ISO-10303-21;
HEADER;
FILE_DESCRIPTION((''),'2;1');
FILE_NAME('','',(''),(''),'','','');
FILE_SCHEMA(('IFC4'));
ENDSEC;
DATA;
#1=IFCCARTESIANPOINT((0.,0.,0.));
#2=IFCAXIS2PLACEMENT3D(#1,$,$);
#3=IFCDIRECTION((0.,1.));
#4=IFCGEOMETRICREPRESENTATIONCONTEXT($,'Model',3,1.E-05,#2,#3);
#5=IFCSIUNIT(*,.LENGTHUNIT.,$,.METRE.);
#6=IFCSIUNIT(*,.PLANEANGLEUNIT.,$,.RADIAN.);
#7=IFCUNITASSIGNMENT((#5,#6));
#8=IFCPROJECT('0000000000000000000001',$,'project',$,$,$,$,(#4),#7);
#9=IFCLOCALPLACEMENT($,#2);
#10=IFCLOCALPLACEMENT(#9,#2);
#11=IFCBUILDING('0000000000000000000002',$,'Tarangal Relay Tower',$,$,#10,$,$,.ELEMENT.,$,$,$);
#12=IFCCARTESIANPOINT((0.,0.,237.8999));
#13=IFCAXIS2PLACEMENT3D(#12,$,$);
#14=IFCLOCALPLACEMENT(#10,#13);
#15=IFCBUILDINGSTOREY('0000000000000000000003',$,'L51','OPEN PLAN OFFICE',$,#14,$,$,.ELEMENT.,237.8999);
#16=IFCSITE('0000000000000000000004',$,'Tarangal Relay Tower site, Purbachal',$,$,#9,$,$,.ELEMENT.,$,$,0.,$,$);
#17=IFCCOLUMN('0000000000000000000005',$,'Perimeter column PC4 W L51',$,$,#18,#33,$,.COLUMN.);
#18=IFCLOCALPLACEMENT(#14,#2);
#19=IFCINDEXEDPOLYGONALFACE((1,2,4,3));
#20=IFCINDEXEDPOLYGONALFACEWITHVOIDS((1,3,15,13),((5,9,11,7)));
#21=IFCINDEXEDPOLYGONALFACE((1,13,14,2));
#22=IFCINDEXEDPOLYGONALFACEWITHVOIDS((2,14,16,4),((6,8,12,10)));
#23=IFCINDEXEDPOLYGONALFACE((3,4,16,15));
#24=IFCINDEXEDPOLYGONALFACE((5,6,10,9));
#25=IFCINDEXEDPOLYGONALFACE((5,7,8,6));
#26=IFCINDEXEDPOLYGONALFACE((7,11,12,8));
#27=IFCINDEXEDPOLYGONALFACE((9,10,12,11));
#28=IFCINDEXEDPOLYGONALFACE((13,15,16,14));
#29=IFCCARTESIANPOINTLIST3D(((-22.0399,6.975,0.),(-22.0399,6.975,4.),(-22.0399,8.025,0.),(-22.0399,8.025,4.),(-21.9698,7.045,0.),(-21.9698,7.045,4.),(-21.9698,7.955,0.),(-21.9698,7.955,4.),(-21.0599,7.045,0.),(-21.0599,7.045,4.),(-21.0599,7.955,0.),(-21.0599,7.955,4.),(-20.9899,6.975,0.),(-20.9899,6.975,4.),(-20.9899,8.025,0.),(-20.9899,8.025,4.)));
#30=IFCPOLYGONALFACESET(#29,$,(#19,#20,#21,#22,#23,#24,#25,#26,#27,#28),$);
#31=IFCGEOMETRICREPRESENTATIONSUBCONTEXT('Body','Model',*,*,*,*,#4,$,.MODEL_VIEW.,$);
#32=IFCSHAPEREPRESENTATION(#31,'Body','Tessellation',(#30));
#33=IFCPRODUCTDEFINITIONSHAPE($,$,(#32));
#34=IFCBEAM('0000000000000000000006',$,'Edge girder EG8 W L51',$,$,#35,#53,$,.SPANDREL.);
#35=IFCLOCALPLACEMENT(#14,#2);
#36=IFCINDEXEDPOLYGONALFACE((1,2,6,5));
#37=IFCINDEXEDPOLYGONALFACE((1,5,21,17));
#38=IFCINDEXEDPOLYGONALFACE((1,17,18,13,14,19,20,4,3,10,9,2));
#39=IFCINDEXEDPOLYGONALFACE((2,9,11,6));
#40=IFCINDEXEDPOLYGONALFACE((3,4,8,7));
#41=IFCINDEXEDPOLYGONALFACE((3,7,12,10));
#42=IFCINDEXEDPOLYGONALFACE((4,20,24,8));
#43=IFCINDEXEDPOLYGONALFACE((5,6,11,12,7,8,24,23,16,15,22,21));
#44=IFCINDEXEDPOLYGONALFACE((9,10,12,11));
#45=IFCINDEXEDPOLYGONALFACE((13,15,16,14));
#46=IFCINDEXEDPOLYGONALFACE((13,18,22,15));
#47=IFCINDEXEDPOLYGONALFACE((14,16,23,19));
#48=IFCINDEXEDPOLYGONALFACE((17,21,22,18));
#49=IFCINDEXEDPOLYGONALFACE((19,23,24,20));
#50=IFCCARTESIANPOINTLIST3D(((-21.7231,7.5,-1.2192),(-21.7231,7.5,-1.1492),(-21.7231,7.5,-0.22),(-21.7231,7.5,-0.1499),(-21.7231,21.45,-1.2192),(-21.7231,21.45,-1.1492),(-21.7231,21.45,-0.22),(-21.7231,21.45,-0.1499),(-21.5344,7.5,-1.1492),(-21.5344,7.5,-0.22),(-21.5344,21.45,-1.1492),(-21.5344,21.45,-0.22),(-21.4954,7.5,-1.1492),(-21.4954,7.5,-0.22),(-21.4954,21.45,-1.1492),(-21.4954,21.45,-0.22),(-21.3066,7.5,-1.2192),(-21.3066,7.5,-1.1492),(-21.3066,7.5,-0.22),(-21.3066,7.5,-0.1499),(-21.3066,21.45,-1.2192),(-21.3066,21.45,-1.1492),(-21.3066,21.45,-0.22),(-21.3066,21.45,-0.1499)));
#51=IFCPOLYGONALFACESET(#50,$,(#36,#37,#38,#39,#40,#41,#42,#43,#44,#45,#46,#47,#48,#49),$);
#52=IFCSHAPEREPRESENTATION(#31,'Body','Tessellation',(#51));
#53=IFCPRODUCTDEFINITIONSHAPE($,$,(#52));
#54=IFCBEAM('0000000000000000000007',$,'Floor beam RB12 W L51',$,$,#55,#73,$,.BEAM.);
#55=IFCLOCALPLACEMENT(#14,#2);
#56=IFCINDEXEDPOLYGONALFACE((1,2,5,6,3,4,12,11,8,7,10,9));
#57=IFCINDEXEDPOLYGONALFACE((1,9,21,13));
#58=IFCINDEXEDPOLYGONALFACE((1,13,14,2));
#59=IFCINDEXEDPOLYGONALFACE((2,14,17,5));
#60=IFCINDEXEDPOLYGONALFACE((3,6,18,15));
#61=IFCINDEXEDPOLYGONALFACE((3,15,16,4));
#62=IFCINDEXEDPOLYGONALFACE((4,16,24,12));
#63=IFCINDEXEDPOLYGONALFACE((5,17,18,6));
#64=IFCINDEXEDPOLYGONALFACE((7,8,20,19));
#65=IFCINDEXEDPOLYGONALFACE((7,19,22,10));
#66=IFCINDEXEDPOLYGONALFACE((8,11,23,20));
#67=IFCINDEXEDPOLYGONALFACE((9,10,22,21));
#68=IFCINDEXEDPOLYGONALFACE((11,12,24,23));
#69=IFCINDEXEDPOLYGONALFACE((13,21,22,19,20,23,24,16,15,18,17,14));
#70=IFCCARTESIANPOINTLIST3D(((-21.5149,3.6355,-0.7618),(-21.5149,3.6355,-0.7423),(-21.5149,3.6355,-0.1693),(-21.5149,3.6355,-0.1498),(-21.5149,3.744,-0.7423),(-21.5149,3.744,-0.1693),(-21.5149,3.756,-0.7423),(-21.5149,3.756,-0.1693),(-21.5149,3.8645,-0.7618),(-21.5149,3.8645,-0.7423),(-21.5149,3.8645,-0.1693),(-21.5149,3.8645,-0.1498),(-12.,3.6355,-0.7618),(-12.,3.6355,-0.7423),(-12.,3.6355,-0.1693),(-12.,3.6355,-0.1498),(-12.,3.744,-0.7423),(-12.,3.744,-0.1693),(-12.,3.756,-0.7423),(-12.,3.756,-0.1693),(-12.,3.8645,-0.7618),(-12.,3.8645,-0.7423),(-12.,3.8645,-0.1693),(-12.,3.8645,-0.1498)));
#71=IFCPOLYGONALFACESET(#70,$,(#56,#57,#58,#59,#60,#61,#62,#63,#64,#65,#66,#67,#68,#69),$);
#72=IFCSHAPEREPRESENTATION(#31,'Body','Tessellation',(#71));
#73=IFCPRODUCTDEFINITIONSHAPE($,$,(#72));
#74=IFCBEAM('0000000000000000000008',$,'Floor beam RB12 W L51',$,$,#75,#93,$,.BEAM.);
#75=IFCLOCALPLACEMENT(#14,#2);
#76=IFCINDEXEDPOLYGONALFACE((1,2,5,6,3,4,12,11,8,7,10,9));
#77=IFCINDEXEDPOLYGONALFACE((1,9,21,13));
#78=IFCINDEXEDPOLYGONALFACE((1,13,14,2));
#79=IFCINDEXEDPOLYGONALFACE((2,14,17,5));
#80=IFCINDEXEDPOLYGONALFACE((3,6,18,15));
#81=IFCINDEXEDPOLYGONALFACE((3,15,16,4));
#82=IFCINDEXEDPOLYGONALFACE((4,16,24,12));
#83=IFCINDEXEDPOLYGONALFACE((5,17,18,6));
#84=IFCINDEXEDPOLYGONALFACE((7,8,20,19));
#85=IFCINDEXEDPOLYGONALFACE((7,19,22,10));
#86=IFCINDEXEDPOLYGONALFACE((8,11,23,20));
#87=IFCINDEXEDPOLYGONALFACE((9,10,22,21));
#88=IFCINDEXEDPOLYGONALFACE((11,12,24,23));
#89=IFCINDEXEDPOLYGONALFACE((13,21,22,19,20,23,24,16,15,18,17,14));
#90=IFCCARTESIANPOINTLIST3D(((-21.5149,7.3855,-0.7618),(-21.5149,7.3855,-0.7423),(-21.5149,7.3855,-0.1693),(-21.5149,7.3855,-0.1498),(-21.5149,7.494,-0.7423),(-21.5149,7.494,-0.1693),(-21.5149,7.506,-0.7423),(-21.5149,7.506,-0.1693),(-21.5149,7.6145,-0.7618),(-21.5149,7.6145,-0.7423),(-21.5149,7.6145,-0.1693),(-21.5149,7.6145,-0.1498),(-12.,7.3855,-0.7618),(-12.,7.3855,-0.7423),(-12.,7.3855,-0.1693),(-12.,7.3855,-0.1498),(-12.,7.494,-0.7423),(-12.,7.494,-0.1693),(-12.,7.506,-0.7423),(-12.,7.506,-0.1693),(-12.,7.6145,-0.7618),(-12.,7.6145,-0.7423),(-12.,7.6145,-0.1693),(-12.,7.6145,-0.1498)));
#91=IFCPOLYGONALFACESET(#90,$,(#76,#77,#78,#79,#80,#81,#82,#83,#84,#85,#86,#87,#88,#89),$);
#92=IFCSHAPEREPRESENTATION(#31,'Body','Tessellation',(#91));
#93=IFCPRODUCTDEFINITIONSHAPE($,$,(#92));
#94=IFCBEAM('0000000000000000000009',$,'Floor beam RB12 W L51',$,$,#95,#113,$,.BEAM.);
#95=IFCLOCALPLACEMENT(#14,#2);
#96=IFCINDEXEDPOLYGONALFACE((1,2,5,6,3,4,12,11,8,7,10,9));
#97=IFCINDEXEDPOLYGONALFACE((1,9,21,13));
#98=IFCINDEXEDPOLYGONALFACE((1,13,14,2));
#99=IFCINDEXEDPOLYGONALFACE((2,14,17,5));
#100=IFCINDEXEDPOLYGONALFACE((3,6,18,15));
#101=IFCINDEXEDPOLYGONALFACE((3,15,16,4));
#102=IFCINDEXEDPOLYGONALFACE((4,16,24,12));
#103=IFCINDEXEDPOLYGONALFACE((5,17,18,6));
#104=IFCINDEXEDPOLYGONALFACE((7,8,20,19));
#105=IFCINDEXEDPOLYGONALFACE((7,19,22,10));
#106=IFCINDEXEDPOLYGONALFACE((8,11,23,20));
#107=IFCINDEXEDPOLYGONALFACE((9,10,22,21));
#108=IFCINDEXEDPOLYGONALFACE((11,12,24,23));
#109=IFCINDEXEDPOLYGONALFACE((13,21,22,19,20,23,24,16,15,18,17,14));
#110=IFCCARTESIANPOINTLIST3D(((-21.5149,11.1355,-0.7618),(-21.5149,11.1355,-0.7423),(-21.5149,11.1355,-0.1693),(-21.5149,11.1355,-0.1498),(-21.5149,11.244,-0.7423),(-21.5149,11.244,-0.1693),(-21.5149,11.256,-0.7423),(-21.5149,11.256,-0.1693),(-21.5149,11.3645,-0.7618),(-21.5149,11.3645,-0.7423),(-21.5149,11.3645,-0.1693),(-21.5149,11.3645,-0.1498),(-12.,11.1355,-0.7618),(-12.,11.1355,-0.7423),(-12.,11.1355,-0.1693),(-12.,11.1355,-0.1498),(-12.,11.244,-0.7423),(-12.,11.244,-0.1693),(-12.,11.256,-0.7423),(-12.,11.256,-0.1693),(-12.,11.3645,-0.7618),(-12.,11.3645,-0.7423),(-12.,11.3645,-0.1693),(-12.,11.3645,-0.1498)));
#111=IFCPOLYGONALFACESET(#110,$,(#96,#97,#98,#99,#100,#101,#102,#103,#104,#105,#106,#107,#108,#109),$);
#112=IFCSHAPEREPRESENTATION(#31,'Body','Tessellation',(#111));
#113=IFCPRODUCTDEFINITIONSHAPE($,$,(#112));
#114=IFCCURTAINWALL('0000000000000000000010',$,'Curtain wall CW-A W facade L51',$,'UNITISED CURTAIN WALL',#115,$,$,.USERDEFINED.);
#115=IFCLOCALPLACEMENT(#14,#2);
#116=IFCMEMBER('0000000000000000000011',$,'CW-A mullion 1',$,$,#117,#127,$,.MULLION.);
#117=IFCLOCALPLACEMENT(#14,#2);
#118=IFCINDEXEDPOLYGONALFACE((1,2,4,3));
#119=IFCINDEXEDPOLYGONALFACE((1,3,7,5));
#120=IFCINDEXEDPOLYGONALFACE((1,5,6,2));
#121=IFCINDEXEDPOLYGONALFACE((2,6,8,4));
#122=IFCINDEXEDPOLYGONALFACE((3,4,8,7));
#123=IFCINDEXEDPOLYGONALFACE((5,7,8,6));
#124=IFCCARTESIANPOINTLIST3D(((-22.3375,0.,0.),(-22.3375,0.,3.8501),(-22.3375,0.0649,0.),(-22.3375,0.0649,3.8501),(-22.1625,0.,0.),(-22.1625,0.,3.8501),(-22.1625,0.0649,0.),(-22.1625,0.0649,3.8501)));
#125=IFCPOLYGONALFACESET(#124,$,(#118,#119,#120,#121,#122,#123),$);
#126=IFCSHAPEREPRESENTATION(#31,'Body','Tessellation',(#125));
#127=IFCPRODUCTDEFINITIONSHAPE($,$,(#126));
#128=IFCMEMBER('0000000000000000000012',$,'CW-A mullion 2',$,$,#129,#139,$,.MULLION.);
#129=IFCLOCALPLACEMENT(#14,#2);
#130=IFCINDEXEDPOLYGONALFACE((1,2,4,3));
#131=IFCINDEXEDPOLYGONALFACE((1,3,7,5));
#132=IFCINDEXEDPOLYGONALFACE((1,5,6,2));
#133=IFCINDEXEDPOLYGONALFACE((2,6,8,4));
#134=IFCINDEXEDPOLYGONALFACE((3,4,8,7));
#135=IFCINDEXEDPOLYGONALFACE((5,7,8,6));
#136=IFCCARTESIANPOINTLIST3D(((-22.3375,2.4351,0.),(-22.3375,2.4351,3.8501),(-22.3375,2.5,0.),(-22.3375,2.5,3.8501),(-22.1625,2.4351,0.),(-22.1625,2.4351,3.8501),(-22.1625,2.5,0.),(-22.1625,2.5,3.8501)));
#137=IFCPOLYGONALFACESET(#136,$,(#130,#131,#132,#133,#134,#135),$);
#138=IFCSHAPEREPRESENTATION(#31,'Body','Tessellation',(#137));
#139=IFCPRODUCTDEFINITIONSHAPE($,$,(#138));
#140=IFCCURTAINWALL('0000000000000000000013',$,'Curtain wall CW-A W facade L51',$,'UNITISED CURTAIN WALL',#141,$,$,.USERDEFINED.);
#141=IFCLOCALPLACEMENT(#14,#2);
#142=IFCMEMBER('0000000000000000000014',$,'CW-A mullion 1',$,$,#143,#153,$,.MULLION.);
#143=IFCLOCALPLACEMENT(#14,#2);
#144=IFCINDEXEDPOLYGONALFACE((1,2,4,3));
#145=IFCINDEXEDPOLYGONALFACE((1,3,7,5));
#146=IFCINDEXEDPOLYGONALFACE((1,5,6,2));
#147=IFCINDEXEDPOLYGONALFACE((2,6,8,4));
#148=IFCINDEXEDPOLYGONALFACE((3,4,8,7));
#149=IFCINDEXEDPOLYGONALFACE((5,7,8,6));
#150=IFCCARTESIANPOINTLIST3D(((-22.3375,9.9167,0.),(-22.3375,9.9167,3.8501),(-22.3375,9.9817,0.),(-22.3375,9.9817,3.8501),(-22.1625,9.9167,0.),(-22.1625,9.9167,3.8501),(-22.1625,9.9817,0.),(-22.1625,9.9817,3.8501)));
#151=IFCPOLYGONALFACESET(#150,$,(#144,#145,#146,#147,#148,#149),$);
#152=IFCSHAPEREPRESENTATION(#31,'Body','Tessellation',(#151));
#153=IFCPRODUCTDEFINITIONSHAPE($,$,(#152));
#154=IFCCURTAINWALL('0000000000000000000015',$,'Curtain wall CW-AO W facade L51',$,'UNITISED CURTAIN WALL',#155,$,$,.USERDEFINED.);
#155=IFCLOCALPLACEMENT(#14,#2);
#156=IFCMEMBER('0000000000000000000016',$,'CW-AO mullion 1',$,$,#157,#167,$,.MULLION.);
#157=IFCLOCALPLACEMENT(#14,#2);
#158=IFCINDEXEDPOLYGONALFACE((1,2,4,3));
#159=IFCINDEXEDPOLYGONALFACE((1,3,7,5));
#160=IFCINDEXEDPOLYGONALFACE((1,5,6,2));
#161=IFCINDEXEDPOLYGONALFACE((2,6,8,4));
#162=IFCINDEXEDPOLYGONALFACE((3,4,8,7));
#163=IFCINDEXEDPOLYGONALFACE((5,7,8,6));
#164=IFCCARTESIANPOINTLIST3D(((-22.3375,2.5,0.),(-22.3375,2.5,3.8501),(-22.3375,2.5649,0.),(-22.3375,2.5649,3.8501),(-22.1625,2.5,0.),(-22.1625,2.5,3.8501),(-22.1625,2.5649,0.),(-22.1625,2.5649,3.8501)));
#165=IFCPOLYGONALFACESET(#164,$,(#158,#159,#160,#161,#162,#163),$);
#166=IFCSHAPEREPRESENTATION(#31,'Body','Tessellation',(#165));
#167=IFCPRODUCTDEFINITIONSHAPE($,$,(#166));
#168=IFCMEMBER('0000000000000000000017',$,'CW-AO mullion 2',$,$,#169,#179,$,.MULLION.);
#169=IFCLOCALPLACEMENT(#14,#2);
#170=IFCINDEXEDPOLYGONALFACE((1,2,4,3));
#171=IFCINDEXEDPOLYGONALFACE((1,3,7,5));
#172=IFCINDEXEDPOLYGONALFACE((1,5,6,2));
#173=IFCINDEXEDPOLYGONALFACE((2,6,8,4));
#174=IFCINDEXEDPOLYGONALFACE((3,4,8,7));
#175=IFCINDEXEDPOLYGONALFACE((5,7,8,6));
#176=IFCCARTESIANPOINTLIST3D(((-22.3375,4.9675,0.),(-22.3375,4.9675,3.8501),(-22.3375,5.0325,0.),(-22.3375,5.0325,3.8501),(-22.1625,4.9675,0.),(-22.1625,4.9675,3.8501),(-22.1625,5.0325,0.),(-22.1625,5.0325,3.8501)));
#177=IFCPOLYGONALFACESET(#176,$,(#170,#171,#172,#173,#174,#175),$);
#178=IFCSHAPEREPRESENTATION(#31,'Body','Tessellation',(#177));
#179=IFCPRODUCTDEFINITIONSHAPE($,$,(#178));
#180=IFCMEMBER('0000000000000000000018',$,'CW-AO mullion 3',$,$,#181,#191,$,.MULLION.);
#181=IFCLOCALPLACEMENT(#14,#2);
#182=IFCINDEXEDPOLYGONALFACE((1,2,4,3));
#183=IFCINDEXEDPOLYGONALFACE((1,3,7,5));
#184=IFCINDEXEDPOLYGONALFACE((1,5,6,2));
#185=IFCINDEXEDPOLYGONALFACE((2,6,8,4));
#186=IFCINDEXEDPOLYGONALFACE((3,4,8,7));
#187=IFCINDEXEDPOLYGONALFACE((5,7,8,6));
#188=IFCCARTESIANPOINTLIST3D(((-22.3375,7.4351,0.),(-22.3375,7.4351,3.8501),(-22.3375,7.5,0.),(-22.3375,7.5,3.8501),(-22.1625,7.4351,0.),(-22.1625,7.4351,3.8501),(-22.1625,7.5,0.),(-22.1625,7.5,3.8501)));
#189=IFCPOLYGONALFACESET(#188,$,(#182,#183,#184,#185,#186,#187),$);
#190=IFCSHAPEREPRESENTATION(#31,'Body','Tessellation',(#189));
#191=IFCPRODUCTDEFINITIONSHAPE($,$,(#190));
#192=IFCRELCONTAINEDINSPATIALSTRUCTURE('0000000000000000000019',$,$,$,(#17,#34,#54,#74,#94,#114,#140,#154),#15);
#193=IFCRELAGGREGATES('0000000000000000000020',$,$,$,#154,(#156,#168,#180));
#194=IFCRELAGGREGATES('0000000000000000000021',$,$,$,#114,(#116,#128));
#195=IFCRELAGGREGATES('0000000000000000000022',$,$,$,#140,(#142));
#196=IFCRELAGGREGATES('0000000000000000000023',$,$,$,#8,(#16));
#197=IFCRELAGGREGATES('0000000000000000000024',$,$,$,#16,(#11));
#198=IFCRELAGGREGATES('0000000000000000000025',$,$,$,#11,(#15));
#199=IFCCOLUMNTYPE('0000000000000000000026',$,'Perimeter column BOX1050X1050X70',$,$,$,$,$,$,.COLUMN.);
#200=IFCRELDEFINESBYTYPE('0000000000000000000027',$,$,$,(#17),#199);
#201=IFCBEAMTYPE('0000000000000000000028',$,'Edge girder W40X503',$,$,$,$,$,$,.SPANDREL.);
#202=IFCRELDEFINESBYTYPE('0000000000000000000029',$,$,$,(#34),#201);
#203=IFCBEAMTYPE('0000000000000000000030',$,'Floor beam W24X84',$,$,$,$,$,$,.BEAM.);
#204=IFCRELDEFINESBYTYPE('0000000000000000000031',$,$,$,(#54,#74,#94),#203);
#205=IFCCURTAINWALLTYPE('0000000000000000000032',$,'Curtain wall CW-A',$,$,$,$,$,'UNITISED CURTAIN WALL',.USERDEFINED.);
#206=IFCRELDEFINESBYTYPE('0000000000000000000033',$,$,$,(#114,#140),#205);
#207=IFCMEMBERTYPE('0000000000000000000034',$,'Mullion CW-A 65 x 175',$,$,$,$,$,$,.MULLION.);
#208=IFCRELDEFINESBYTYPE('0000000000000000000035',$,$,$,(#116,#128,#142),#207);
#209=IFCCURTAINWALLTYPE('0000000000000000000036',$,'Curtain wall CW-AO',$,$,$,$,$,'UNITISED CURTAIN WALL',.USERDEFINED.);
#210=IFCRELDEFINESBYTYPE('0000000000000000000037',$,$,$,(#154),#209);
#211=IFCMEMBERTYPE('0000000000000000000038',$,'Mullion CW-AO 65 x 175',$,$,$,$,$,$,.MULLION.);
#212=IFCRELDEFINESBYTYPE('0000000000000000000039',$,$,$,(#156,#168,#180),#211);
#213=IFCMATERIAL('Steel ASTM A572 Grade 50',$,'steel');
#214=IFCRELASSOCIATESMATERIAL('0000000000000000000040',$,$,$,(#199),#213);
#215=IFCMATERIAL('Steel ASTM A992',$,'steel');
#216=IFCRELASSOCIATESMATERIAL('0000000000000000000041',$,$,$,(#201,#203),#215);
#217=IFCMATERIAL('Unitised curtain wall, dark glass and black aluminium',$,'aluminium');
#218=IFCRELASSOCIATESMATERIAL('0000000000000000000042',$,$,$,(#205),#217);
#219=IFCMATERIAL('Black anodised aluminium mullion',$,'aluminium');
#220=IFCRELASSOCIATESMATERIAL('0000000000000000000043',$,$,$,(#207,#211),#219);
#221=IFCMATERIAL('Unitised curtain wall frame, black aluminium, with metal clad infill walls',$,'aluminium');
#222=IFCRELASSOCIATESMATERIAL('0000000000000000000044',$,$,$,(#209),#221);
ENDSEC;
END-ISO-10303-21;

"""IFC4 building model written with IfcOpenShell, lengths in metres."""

from ifc_helpers import new_model, si_unit, direction, frame, origin, origin_2d, place, context, subcontext, project, spatial, rectangle, hollow_rectangle, i_section, extrude, material, material_profile, profile_set, type_object, element, aggregate, save


model = new_model("IFC4")

# Units and contexts
model_context = context("Model", 3, precision=1e-05, world=origin(), true_north=direction((0.0, 1.0)))
body_context = subcontext(model_context, "Body", "Model", "MODEL_VIEW")
ifc_project = project(units=[si_unit("LENGTHUNIT", "METRE"), si_unit("PLANEANGLEUNIT", "RADIAN")], contexts=[model_context])

# Site, building, storey
site_placement = place(None, origin())
site = spatial("IfcSite", under=ifc_project, at=site_placement, Name="Tarangal Relay Tower site, Purbachal", CompositionType="ELEMENT", RefElevation=0.0)
building_placement = place(site_placement, origin())
building = spatial("IfcBuilding", under=site, at=building_placement, Name="Tarangal Relay Tower", CompositionType="ELEMENT")
storey_placement = place(building_placement, frame((0.0, 0.0, 237.8999)))
storey = spatial("IfcBuildingStorey", under=building, at=storey_placement, Name="L51", Description="OPEN PLAN OFFICE", CompositionType="ELEMENT", Elevation=237.8999)

# Column
ifc_material_1 = material(Name="Steel ASTM A572 Grade 50", Category="steel")
ifc_material_profile_1 = material_profile(ifc_material_1, hollow_rectangle(XDim=1.05, YDim=1.05, WallThickness=0.0701, at=origin_2d()), Name="BOX1050X1050X70")
ifc_profile_set_1 = profile_set([ifc_material_profile_1], Name="Steel ASTM A572 Grade 50")
column_type = type_object("IfcColumnType", Name="Perimeter column BOX1050X1050X70", PredefinedType="COLUMN", material=ifc_profile_set_1)
column_placement = place(storey_placement, frame((-21.5149, 7.5, 0.0), z_axis=(0.0, 0.0, 1.0), x_axis=(1.0, 0.0, 0.0)))
element("IfcColumn", 1, at=column_placement, inside=storey, type_object=column_type, Name="Perimeter column PC4 W L51", PredefinedType="COLUMN", context=body_context, shape_type="SweptSolid", body=[
    extrude(hollow_rectangle(XDim=1.05, YDim=1.05, WallThickness=0.0701, at=origin_2d()), origin(), (0.0, 0.0, 1.0), 4.0),
])

# Beams
ifc_material_2 = material(Name="Steel ASTM A992", Category="steel")
ifc_material_profile_2 = material_profile(ifc_material_2, i_section(OverallWidth=0.4165, OverallDepth=1.0693, WebThickness=0.0391, FlangeThickness=0.0701, at=origin_2d()), Name="W40X503")
ifc_profile_set_2 = profile_set([ifc_material_profile_2], Name="Steel ASTM A992")
beam_type_1 = type_object("IfcBeamType", Name="Edge girder W40X503", PredefinedType="SPANDREL", material=ifc_profile_set_2)
beam_placement = place(storey_placement, frame((-21.5149, 7.5, -0.6846), z_axis=(0.0, 1.0, 0.0), x_axis=(-1.0, 0.0, 0.0)))
element("IfcBeam", 2, at=beam_placement, inside=storey, type_object=beam_type_1, Name="Edge girder EG8 W L51", PredefinedType="SPANDREL", context=body_context, shape_type="SweptSolid", body=[
    extrude(i_section(OverallWidth=0.4165, OverallDepth=1.0693, WebThickness=0.0391, FlangeThickness=0.0701, at=origin_2d()), origin(), (0.0, 0.0, 1.0), 13.95),
])
ifc_material_profile_3 = material_profile(ifc_material_2, i_section(OverallWidth=0.229, OverallDepth=0.6121, WebThickness=0.012, FlangeThickness=0.0195, at=origin_2d()), Name="W24X84")
ifc_profile_set_3 = profile_set([ifc_material_profile_3], Name="Steel ASTM A992")
beam_type_2 = type_object("IfcBeamType", Name="Floor beam W24X84", PredefinedType="BEAM", material=ifc_profile_set_3)
for number, where, z_axis, x_axis, name in (
    (3, (-12.0, 3.75, -0.4558), (-1.0, 0.0, 0.0), (0.0, -1.0, 0.0), "Floor beam RB12 W L51"),
    (4, (-12.0, 7.5, -0.4558), (-1.0, 0.0, 0.0), (0.0, -1.0, 0.0), "Floor beam RB12 W L51"),
    (5, (-12.0, 11.25, -0.4558), (-1.0, 0.0, 0.0), (0.0, -1.0, 0.0), "Floor beam RB12 W L51"),
):
    element("IfcBeam", number, at=place(storey_placement, frame(where, z_axis=z_axis, x_axis=x_axis)), inside=storey, type_object=beam_type_2, Name=name, PredefinedType="BEAM", context=body_context, shape_type="SweptSolid", body=[
        extrude(i_section(OverallWidth=0.229, OverallDepth=0.6121, WebThickness=0.012, FlangeThickness=0.0195, at=origin_2d()), origin(), (0.0, 0.0, 1.0), 9.5149),
    ])

# Curtain wall, members
ifc_material_3 = material(Name="Unitised curtain wall, dark glass and black aluminium", Category="aluminium")
curtain_wall_type_1 = type_object("IfcCurtainWallType", Name="Curtain wall CW-A", ElementType="UNITISED CURTAIN WALL", PredefinedType="USERDEFINED", material=ifc_material_3)
curtain_wall_1_placement = place(storey_placement, origin())
curtain_wall_1 = element("IfcCurtainWall", 6, at=curtain_wall_1_placement, inside=storey, type_object=curtain_wall_type_1, Name="Curtain wall CW-A W facade L51", ObjectType="UNITISED CURTAIN WALL", PredefinedType="USERDEFINED")
ifc_material_4 = material(Name="Black anodised aluminium mullion", Category="aluminium")
ifc_material_profile_4 = material_profile(ifc_material_4, rectangle(XDim=0.175, YDim=0.0649, at=origin_2d()), Name="CW-AM 65X175")
ifc_profile_set_4 = profile_set([ifc_material_profile_4], Name="Black anodised aluminium mullion")
member_type_1 = type_object("IfcMemberType", Name="Mullion CW-A 65 x 175", PredefinedType="MULLION", material=ifc_profile_set_4)
member_1_placement = place(storey_placement, frame((-22.25, 0.0325, 0.0), z_axis=(0.0, 0.0, 1.0), x_axis=(-1.0, 0.0, 0.0)))
member_1 = element("IfcMember", 7, at=member_1_placement, type_object=member_type_1, Name="CW-A mullion 1", PredefinedType="MULLION", context=body_context, shape_type="SweptSolid", body=[
    extrude(rectangle(XDim=0.175, YDim=0.0649, at=origin_2d()), origin(), (0.0, 0.0, 1.0), 3.8501),
])
member_2_placement = place(storey_placement, frame((-22.25, 2.4675, 0.0), z_axis=(0.0, 0.0, 1.0), x_axis=(-1.0, 0.0, 0.0)))
member_2 = element("IfcMember", 8, at=member_2_placement, type_object=member_type_1, Name="CW-A mullion 2", PredefinedType="MULLION", context=body_context, shape_type="SweptSolid", body=[
    extrude(rectangle(XDim=0.175, YDim=0.0649, at=origin_2d()), origin(), (0.0, 0.0, 1.0), 3.8501),
])

# Curtain wall, member
curtain_wall_2_placement = place(storey_placement, origin())
curtain_wall_2 = element("IfcCurtainWall", 9, at=curtain_wall_2_placement, inside=storey, type_object=curtain_wall_type_1, Name="Curtain wall CW-A W facade L51", ObjectType="UNITISED CURTAIN WALL", PredefinedType="USERDEFINED")
member_3_placement = place(storey_placement, frame((-22.25, 9.9492, 0.0), z_axis=(0.0, 0.0, 1.0), x_axis=(-1.0, 0.0, 0.0)))
member_3 = element("IfcMember", 10, at=member_3_placement, type_object=member_type_1, Name="CW-A mullion 1", PredefinedType="MULLION", context=body_context, shape_type="SweptSolid", body=[
    extrude(rectangle(XDim=0.175, YDim=0.0649, at=origin_2d()), origin(), (0.0, 0.0, 1.0), 3.8501),
])

# Curtain wall, members
ifc_material_5 = material(Name="Unitised curtain wall frame, black aluminium, with metal clad infill walls", Category="aluminium")
curtain_wall_type_2 = type_object("IfcCurtainWallType", Name="Curtain wall CW-AO", ElementType="UNITISED CURTAIN WALL", PredefinedType="USERDEFINED", material=ifc_material_5)
curtain_wall_3_placement = place(storey_placement, origin())
curtain_wall_3 = element("IfcCurtainWall", 11, at=curtain_wall_3_placement, inside=storey, type_object=curtain_wall_type_2, Name="Curtain wall CW-AO W facade L51", ObjectType="UNITISED CURTAIN WALL", PredefinedType="USERDEFINED")
ifc_material_profile_5 = material_profile(ifc_material_4, rectangle(XDim=0.175, YDim=0.0649, at=origin_2d()), Name="CW-AOM 65X175")
ifc_profile_set_5 = profile_set([ifc_material_profile_5], Name="Black anodised aluminium mullion")
member_type_2 = type_object("IfcMemberType", Name="Mullion CW-AO 65 x 175", PredefinedType="MULLION", material=ifc_profile_set_5)
member_4_placement = place(storey_placement, frame((-22.25, 2.5325, 0.0), z_axis=(0.0, 0.0, 1.0), x_axis=(-1.0, 0.0, 0.0)))
member_4 = element("IfcMember", 12, at=member_4_placement, type_object=member_type_2, Name="CW-AO mullion 1", PredefinedType="MULLION", context=body_context, shape_type="SweptSolid", body=[
    extrude(rectangle(XDim=0.175, YDim=0.0649, at=origin_2d()), origin(), (0.0, 0.0, 1.0), 3.8501),
])
member_5_placement = place(storey_placement, frame((-22.25, 5.0, 0.0), z_axis=(0.0, 0.0, 1.0), x_axis=(-1.0, 0.0, 0.0)))
member_5 = element("IfcMember", 13, at=member_5_placement, type_object=member_type_2, Name="CW-AO mullion 2", PredefinedType="MULLION", context=body_context, shape_type="SweptSolid", body=[
    extrude(rectangle(XDim=0.175, YDim=0.0649, at=origin_2d()), origin(), (0.0, 0.0, 1.0), 3.8501),
])
member_6_placement = place(storey_placement, frame((-22.25, 7.4675, 0.0), z_axis=(0.0, 0.0, 1.0), x_axis=(-1.0, 0.0, 0.0)))
member_6 = element("IfcMember", 14, at=member_6_placement, type_object=member_type_2, Name="CW-AO mullion 3", PredefinedType="MULLION", context=body_context, shape_type="SweptSolid", body=[
    extrude(rectangle(XDim=0.175, YDim=0.0649, at=origin_2d()), origin(), (0.0, 0.0, 1.0), 3.8501),
])

aggregate(curtain_wall_3, [member_4, member_5, member_6])

aggregate(curtain_wall_1, [member_1, member_2])
aggregate(curtain_wall_2, [member_3])

save(model, "model.ifc")
